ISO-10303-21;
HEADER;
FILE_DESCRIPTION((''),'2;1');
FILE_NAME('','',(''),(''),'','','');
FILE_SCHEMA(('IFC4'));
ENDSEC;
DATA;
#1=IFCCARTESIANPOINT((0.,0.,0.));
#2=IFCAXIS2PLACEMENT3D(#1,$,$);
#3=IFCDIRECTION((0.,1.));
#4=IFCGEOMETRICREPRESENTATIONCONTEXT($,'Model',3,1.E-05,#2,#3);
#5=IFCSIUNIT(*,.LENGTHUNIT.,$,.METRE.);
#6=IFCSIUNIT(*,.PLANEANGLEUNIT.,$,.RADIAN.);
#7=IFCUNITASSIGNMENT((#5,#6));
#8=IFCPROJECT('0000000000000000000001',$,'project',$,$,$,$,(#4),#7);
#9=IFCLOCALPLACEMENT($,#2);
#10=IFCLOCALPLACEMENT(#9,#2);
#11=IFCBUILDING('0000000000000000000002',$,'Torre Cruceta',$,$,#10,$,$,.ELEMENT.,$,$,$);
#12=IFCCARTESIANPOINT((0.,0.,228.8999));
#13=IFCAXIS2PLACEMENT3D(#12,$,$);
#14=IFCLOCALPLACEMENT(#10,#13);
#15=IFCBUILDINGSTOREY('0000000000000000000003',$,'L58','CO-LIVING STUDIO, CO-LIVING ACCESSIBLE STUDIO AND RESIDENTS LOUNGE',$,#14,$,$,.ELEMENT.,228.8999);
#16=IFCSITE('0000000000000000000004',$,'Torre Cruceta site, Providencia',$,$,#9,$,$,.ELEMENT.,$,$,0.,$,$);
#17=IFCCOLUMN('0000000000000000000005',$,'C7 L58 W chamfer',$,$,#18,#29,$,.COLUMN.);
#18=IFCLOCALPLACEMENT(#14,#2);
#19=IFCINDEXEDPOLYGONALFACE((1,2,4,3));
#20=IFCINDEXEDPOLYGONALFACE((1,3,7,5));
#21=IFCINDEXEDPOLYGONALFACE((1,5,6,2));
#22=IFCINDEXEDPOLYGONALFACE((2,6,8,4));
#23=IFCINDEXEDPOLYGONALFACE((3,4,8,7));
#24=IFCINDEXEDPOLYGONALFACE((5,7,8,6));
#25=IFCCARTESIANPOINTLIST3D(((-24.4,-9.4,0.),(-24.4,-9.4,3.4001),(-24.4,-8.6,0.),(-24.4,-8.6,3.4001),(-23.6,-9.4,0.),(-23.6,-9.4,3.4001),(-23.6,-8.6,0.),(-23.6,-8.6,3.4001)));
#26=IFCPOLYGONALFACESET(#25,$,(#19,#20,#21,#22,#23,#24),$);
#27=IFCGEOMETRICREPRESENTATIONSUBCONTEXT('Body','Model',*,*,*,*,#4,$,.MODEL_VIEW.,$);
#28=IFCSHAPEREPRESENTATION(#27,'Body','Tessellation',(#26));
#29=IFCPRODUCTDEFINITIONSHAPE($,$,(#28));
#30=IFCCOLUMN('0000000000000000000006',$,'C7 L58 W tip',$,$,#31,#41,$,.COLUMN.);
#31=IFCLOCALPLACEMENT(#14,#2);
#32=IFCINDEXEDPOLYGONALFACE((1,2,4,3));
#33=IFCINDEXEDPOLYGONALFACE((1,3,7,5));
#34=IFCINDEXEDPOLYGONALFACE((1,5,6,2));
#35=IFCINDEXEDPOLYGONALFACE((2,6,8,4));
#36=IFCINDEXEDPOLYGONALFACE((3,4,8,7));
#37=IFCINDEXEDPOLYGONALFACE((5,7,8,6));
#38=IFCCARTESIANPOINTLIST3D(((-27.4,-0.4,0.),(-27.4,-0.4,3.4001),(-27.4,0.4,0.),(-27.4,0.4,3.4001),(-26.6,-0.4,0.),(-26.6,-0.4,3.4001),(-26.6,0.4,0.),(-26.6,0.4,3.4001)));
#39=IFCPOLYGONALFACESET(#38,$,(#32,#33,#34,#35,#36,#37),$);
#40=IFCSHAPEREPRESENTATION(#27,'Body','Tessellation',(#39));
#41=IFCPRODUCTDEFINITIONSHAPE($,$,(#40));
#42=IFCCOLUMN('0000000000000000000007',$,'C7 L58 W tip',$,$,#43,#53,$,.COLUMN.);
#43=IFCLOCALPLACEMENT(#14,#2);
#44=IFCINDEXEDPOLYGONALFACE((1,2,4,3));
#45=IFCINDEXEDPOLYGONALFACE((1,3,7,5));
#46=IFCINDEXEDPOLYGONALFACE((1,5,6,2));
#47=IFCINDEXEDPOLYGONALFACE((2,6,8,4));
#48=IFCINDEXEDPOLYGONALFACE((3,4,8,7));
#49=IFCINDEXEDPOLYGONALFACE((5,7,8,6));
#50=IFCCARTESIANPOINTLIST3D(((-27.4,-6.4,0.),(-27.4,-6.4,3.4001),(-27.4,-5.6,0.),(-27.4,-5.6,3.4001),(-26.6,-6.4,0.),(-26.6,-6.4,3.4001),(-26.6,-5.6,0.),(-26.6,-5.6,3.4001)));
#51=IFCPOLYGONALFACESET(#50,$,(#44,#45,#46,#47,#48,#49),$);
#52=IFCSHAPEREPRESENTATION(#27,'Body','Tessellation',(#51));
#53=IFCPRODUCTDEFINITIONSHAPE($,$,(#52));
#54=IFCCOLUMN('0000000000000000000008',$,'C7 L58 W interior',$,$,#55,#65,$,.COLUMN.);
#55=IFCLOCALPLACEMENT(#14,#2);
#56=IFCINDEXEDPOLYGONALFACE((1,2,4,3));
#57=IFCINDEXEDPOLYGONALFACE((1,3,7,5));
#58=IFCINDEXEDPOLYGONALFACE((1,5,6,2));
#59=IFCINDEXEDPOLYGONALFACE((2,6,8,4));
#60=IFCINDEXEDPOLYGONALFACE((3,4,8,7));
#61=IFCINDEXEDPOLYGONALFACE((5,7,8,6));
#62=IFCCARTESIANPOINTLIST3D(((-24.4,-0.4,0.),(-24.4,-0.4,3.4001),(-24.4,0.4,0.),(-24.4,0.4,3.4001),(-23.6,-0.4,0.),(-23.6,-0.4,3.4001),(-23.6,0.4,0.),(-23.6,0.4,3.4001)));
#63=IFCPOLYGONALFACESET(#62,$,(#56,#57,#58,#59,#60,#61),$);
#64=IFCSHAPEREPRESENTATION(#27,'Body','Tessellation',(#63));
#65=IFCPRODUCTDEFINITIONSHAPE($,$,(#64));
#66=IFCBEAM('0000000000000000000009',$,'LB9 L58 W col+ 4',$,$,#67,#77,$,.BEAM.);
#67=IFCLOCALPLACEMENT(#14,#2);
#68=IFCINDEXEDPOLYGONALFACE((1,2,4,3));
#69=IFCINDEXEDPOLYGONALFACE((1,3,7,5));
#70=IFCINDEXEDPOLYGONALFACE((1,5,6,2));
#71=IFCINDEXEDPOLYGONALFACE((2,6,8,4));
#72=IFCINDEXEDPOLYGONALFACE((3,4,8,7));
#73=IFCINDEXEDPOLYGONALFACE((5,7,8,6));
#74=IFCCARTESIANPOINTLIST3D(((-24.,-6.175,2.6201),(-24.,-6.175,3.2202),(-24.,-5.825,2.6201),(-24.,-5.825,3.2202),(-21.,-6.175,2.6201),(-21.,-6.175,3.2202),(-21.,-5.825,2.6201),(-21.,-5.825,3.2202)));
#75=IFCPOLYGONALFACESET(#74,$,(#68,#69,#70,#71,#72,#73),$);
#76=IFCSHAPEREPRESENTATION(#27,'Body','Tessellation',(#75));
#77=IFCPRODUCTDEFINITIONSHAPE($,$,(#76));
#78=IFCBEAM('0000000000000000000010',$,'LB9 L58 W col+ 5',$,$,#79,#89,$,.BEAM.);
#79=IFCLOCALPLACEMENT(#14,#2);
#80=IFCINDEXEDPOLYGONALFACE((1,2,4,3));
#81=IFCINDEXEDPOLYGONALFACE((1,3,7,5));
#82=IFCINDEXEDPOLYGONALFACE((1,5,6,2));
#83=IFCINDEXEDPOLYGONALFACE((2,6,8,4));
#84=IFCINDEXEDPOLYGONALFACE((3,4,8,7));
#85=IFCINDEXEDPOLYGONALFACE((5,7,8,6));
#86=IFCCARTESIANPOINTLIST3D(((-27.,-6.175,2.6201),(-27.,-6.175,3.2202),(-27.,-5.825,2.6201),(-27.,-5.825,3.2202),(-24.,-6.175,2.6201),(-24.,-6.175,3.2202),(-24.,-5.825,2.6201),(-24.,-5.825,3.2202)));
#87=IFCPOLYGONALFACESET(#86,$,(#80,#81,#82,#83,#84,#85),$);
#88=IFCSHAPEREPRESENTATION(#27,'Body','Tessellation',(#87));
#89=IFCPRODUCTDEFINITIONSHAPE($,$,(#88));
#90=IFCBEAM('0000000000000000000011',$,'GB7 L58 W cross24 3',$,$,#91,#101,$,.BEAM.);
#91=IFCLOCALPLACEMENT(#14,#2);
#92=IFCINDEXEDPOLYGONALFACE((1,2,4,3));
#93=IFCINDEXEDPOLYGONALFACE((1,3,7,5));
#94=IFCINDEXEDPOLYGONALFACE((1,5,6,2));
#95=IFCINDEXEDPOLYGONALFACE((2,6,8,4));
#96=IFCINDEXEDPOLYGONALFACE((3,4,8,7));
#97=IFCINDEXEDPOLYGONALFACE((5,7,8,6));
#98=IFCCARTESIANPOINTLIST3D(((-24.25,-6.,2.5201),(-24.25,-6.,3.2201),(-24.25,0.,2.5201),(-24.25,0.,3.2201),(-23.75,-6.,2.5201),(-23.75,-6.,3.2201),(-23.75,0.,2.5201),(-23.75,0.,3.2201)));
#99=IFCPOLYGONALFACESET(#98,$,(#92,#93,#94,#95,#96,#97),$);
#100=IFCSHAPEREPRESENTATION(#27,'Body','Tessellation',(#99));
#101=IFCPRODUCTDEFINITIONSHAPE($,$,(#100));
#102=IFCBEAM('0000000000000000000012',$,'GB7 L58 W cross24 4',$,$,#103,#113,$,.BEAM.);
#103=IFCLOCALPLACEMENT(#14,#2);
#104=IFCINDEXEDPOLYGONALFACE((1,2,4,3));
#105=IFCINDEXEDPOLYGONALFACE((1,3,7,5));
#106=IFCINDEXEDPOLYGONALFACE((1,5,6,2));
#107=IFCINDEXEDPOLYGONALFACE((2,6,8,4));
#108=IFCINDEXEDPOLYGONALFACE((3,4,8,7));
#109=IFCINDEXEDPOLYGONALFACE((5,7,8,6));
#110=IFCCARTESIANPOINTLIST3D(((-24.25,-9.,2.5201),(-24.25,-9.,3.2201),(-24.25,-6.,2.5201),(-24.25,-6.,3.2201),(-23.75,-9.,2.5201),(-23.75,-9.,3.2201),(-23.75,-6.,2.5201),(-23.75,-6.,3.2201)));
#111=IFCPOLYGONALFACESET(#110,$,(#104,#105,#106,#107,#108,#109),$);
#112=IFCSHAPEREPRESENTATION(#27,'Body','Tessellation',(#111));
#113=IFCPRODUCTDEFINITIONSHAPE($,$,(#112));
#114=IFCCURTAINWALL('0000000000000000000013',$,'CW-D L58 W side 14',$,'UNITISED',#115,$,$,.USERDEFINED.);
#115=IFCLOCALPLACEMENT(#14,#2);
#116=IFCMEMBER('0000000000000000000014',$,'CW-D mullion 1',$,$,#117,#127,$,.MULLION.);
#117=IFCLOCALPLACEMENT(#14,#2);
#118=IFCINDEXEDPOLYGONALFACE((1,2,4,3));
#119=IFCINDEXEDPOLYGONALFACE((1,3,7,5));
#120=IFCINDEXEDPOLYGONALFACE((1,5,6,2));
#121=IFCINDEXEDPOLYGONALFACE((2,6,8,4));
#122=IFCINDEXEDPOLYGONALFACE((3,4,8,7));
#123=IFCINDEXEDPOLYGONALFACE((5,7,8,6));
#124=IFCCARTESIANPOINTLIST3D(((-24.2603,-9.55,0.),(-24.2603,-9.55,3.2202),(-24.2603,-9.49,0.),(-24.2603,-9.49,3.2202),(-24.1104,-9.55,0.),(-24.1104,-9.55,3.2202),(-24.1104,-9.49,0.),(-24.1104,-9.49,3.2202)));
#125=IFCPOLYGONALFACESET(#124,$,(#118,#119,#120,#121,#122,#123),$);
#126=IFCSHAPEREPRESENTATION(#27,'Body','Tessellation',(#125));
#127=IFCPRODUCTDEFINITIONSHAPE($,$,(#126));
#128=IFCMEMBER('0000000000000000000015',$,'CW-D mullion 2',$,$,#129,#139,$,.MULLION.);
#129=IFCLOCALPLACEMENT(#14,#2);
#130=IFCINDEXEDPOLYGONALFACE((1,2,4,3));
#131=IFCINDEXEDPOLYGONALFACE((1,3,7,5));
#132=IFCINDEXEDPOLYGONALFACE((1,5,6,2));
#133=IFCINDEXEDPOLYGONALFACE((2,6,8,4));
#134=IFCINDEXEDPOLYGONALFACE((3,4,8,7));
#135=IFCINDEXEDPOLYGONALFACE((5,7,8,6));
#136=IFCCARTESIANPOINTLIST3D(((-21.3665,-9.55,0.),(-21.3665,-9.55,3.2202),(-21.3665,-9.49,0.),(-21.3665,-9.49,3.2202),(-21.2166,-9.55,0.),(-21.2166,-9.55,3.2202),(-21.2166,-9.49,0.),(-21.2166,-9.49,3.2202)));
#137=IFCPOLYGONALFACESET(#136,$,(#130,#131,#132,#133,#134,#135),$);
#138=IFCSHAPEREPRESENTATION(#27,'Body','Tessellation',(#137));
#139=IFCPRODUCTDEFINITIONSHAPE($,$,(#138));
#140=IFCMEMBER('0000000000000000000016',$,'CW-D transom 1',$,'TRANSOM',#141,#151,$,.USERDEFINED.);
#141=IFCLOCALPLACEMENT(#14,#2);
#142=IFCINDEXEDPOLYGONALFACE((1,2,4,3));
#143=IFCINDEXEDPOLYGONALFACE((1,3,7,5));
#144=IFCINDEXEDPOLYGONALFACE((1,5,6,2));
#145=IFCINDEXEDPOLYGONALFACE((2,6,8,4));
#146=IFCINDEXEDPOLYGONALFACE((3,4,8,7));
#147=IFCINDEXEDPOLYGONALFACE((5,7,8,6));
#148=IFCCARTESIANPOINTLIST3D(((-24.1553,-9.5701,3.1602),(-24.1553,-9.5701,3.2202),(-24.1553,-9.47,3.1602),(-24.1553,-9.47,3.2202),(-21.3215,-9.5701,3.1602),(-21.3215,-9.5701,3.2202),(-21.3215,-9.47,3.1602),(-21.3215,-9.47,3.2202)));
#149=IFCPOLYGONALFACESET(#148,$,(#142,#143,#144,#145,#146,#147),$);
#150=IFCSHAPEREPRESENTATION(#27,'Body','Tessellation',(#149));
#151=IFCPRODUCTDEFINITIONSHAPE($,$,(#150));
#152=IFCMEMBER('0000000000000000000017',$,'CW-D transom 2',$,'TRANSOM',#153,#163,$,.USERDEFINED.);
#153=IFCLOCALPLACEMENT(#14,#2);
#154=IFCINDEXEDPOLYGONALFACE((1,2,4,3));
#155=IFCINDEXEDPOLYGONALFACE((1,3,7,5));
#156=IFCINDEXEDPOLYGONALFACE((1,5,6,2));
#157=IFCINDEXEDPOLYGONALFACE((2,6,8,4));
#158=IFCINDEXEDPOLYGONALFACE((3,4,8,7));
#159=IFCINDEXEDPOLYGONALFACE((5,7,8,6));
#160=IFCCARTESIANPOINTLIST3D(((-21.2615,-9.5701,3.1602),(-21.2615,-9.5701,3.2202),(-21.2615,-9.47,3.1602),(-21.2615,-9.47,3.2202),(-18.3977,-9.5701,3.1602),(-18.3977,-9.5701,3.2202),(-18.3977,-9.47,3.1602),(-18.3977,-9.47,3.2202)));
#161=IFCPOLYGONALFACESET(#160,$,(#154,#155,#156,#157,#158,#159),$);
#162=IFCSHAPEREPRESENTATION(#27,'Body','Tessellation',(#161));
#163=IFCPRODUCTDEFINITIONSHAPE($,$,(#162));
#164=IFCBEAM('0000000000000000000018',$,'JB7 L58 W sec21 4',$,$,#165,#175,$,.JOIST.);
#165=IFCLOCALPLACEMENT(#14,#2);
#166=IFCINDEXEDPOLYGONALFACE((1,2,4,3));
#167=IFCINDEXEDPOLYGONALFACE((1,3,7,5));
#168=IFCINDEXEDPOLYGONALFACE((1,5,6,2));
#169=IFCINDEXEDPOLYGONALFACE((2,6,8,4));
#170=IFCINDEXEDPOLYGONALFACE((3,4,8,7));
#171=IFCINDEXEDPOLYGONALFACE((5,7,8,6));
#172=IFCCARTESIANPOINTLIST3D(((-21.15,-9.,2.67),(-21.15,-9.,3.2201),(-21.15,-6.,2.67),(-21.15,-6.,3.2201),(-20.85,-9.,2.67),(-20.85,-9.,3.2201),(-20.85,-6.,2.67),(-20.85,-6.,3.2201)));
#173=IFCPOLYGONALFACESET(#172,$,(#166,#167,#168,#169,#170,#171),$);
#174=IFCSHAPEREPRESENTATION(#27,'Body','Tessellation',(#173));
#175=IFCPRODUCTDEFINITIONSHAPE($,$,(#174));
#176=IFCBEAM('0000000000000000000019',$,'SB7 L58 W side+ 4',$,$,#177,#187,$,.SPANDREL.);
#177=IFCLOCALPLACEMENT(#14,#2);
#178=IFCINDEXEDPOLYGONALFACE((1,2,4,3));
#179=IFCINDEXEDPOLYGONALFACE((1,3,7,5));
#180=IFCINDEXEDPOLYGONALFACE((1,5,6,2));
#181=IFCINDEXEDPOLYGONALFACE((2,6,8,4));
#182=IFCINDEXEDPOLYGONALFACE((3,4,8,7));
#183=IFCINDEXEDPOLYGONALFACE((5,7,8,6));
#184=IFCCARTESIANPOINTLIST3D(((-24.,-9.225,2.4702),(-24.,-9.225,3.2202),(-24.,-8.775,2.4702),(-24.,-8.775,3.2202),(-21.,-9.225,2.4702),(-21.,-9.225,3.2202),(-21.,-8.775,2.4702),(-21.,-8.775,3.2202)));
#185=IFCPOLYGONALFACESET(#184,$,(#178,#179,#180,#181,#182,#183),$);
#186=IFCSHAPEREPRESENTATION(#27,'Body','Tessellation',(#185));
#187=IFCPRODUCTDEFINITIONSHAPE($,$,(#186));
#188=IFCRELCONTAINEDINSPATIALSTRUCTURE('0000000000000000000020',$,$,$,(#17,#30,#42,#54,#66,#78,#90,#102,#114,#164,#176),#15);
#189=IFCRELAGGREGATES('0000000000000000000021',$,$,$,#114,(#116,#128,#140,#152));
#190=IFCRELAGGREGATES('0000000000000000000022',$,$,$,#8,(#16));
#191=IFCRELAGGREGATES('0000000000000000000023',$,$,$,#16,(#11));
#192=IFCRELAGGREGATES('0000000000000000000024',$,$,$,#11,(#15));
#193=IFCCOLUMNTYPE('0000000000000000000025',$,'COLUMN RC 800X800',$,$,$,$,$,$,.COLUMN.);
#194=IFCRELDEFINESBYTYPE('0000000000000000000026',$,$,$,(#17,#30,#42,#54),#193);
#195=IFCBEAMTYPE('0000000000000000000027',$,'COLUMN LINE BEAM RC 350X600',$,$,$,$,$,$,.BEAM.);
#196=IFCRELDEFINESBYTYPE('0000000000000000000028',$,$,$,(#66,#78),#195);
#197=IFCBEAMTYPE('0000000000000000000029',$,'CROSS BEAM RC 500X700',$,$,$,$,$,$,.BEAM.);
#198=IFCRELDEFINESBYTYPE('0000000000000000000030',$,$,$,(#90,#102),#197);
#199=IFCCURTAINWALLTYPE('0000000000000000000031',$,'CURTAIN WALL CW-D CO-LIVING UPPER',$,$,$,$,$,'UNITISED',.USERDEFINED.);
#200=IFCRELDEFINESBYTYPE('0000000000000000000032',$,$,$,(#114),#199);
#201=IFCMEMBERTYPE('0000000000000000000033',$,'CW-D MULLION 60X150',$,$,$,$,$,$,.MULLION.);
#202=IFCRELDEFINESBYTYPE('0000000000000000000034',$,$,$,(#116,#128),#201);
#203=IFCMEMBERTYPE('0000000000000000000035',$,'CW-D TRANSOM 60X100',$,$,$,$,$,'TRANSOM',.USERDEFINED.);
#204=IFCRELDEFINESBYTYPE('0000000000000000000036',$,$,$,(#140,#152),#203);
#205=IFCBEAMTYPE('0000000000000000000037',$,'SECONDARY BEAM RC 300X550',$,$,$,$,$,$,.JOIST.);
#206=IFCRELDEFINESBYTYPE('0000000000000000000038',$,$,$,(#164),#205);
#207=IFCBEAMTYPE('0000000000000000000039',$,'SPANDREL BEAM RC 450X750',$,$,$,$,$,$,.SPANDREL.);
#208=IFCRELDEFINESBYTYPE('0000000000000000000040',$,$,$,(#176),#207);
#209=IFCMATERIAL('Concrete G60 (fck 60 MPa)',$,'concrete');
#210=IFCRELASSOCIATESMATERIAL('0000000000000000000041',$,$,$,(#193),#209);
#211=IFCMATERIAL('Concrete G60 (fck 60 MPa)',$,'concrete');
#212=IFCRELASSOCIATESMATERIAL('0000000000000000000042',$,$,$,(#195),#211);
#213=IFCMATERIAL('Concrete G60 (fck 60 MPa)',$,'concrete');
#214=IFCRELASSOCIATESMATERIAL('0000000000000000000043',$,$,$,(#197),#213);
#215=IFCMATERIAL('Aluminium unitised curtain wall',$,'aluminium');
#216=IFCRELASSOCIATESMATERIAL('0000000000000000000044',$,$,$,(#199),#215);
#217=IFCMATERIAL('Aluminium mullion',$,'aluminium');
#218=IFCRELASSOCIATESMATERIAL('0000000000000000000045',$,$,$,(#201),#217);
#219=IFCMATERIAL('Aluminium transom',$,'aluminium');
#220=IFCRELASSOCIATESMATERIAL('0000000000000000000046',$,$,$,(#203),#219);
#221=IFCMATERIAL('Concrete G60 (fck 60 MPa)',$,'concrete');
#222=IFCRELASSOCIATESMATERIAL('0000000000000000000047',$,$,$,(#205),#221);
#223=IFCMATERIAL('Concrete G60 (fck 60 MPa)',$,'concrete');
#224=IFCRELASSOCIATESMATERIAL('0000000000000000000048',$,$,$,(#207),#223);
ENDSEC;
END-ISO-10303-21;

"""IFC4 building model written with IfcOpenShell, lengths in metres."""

from ifc_helpers import new_model, si_unit, direction, frame, origin, origin_2d, place, context, subcontext, project, spatial, rectangle, extrude, material, material_profile, profile_set, type_object, element, aggregate, save


model = new_model("IFC4")

# Units and contexts
model_context = context("Model", 3, precision=1e-05, world=origin(), true_north=direction((0.0, 1.0)))
body_context = subcontext(model_context, "Body", "Model", "MODEL_VIEW")
ifc_project = project(units=[si_unit("LENGTHUNIT", "METRE"), si_unit("PLANEANGLEUNIT", "RADIAN")], contexts=[model_context])

# Site, building, storey
site_placement = place(None, origin())
site = spatial("IfcSite", under=ifc_project, at=site_placement, Name="Torre Cruceta site, Providencia", CompositionType="ELEMENT", RefElevation=0.0)
building_placement = place(site_placement, origin())
building = spatial("IfcBuilding", under=site, at=building_placement, Name="Torre Cruceta", CompositionType="ELEMENT")
storey_placement = place(building_placement, frame((0.0, 0.0, 228.8999)))
storey = spatial("IfcBuildingStorey", under=building, at=storey_placement, Name="L58", Description="CO-LIVING STUDIO, CO-LIVING ACCESSIBLE STUDIO AND RESIDENTS LOUNGE", CompositionType="ELEMENT", Elevation=228.8999)

# Columns
ifc_material_1 = material(Name="Concrete G60 (fck 60 MPa)", Category="concrete")
ifc_material_profile_1 = material_profile(ifc_material_1, rectangle(XDim=0.8, YDim=0.8, at=origin_2d()), Name="RC 800X800")
ifc_profile_set_1 = profile_set([ifc_material_profile_1], Name="Concrete G60 (fck 60 MPa)")
column_type = type_object("IfcColumnType", Name="COLUMN RC 800X800", PredefinedType="COLUMN", material=ifc_profile_set_1)
for number, where, z_axis, x_axis, name in (
    (1, (-24.0, -9.0, 0.0), (0.0, 0.0, 1.0), (1.0, 0.0, 0.0), "C7 L58 W chamfer"),
    (2, (-27.0, 0.0, 0.0), (0.0, 0.0, 1.0), (1.0, 0.0, 0.0), "C7 L58 W tip"),
    (3, (-27.0, -6.0, 0.0), (0.0, 0.0, 1.0), (1.0, 0.0, 0.0), "C7 L58 W tip"),
    (4, (-24.0, 0.0, 0.0), (0.0, 0.0, 1.0), (1.0, 0.0, 0.0), "C7 L58 W interior"),
):
    element("IfcColumn", number, at=place(storey_placement, frame(where, z_axis=z_axis, x_axis=x_axis)), inside=storey, type_object=column_type, Name=name, PredefinedType="COLUMN", context=body_context, shape_type="SweptSolid", body=[
        extrude(rectangle(XDim=0.8, YDim=0.8, at=origin_2d()), origin(), (0.0, 0.0, 1.0), 3.4001),
    ])

# Beams
ifc_material_2 = material(Name="Concrete G60 (fck 60 MPa)", Category="concrete")
ifc_material_profile_2 = material_profile(ifc_material_2, rectangle(XDim=0.3501, YDim=0.6001, at=origin_2d()), Name="RC 350X600")
ifc_profile_set_2 = profile_set([ifc_material_profile_2], Name="Concrete G60 (fck 60 MPa)")
beam_type_1 = type_object("IfcBeamType", Name="COLUMN LINE BEAM RC 350X600", PredefinedType="BEAM", material=ifc_profile_set_2)
for number, where, z_axis, x_axis, name in (
    (5, (-21.0, -6.0, 2.9202), (-1.0, 0.0, 0.0), (0.0, -1.0, 0.0), "LB9 L58 W col+ 4"),
    (6, (-24.0, -6.0, 2.9202), (-1.0, 0.0, 0.0), (0.0, -1.0, 0.0), "LB9 L58 W col+ 5"),
):
    element("IfcBeam", number, at=place(storey_placement, frame(where, z_axis=z_axis, x_axis=x_axis)), inside=storey, type_object=beam_type_1, Name=name, PredefinedType="BEAM", context=body_context, shape_type="SweptSolid", body=[
        extrude(rectangle(XDim=0.3501, YDim=0.6001, at=origin_2d()), origin(), (0.0, 0.0, 1.0), 3.0),
    ])
ifc_material_3 = material(Name="Concrete G60 (fck 60 MPa)", Category="concrete")
ifc_material_profile_3 = material_profile(ifc_material_3, rectangle(XDim=0.5, YDim=0.7, at=origin_2d()), Name="RC 500X700")
ifc_profile_set_3 = profile_set([ifc_material_profile_3], Name="Concrete G60 (fck 60 MPa)")
beam_type_2 = type_object("IfcBeamType", Name="CROSS BEAM RC 500X700", PredefinedType="BEAM", material=ifc_profile_set_3)
beam_1_placement = place(storey_placement, frame((-24.0, 0.0, 2.8701), z_axis=(0.0, -1.0, 0.0), x_axis=(1.0, 0.0, 0.0)))
element("IfcBeam", 7, at=beam_1_placement, inside=storey, type_object=beam_type_2, Name="GB7 L58 W cross24 3", PredefinedType="BEAM", context=body_context, shape_type="SweptSolid", body=[
    extrude(rectangle(XDim=0.5, YDim=0.7, at=origin_2d()), origin(), (0.0, 0.0, 1.0), 6.0),
])
beam_2_placement = place(storey_placement, frame((-24.0, -6.0, 2.8701), z_axis=(0.0, -1.0, 0.0), x_axis=(1.0, 0.0, 0.0)))
element("IfcBeam", 8, at=beam_2_placement, inside=storey, type_object=beam_type_2, Name="GB7 L58 W cross24 4", PredefinedType="BEAM", context=body_context, shape_type="SweptSolid", body=[
    extrude(rectangle(XDim=0.5, YDim=0.7, at=origin_2d()), origin(), (0.0, 0.0, 1.0), 3.0),
])

# Curtain wall, members
ifc_material_4 = material(Name="Aluminium unitised curtain wall", Category="aluminium")
curtain_wall_type = type_object("IfcCurtainWallType", Name="CURTAIN WALL CW-D CO-LIVING UPPER", ElementType="UNITISED", PredefinedType="USERDEFINED", material=ifc_material_4)
curtain_wall_placement = place(storey_placement, origin())
curtain_wall = element("IfcCurtainWall", 9, at=curtain_wall_placement, inside=storey, type_object=curtain_wall_type, Name="CW-D L58 W side 14", ObjectType="UNITISED", PredefinedType="USERDEFINED")
ifc_material_5 = material(Name="Aluminium mullion", Category="aluminium")
ifc_material_profile_4 = material_profile(ifc_material_5, rectangle(XDim=0.0601, YDim=0.1499, at=origin_2d()), Name="AL 60X150")
ifc_profile_set_4 = profile_set([ifc_material_profile_4], Name="Aluminium mullion")
member_type_1 = type_object("IfcMemberType", Name="CW-D MULLION 60X150", PredefinedType="MULLION", material=ifc_profile_set_4)
member_1_placement = place(storey_placement, frame((-24.1853, -9.52, 0.0), z_axis=(0.0, 0.0, 1.0), x_axis=(0.0, 1.0, 0.0)))
member_1 = element("IfcMember", 10, at=member_1_placement, type_object=member_type_1, Name="CW-D mullion 1", PredefinedType="MULLION", context=body_context, shape_type="SweptSolid", body=[
    extrude(rectangle(XDim=0.0601, YDim=0.1499, at=origin_2d()), origin(), (0.0, 0.0, 1.0), 3.2202),
])
member_2_placement = place(storey_placement, frame((-21.2915, -9.52, 0.0), z_axis=(0.0, 0.0, 1.0), x_axis=(0.0, 1.0, 0.0)))
member_2 = element("IfcMember", 11, at=member_2_placement, type_object=member_type_1, Name="CW-D mullion 2", PredefinedType="MULLION", context=body_context, shape_type="SweptSolid", body=[
    extrude(rectangle(XDim=0.0601, YDim=0.1499, at=origin_2d()), origin(), (0.0, 0.0, 1.0), 3.2202),
])
ifc_material_6 = material(Name="Aluminium transom", Category="aluminium")
ifc_material_profile_5 = material_profile(ifc_material_6, rectangle(XDim=0.1001, YDim=0.0601, at=origin_2d()), Name="AL 100X60")
ifc_profile_set_5 = profile_set([ifc_material_profile_5], Name="Aluminium transom")
member_type_2 = type_object("IfcMemberType", Name="CW-D TRANSOM 60X100", ElementType="TRANSOM", PredefinedType="USERDEFINED", material=ifc_profile_set_5)
member_3_placement = place(storey_placement, frame((-24.1553, -9.52, 3.1902), z_axis=(1.0, 0.0, 0.0), x_axis=(0.0, 1.0, 0.0)))
member_3 = element("IfcMember", 12, at=member_3_placement, type_object=member_type_2, Name="CW-D transom 1", ObjectType="TRANSOM", PredefinedType="USERDEFINED", context=body_context, shape_type="SweptSolid", body=[
    extrude(rectangle(XDim=0.1001, YDim=0.0601, at=origin_2d()), origin(), (0.0, 0.0, 1.0), 2.8337),
])
member_4_placement = place(storey_placement, frame((-21.2615, -9.52, 3.1902), z_axis=(1.0, 0.0, 0.0), x_axis=(0.0, 1.0, 0.0)))
member_4 = element("IfcMember", 13, at=member_4_placement, type_object=member_type_2, Name="CW-D transom 2", ObjectType="TRANSOM", PredefinedType="USERDEFINED", context=body_context, shape_type="SweptSolid", body=[
    extrude(rectangle(XDim=0.1001, YDim=0.0601, at=origin_2d()), origin(), (0.0, 0.0, 1.0), 2.8638),
])

# Beams
ifc_material_7 = material(Name="Concrete G60 (fck 60 MPa)", Category="concrete")
ifc_material_profile_6 = material_profile(ifc_material_7, rectangle(XDim=0.3, YDim=0.55, at=origin_2d()), Name="RC 300X550")
ifc_profile_set_6 = profile_set([ifc_material_profile_6], Name="Concrete G60 (fck 60 MPa)")
beam_type_3 = type_object("IfcBeamType", Name="SECONDARY BEAM RC 300X550", PredefinedType="JOIST", material=ifc_profile_set_6)
beam_3_placement = place(storey_placement, frame((-21.0, -6.0, 2.9451), z_axis=(0.0, -1.0, 0.0), x_axis=(1.0, 0.0, 0.0)))
element("IfcBeam", 14, at=beam_3_placement, inside=storey, type_object=beam_type_3, Name="JB7 L58 W sec21 4", PredefinedType="JOIST", context=body_context, shape_type="SweptSolid", body=[
    extrude(rectangle(XDim=0.3, YDim=0.55, at=origin_2d()), origin(), (0.0, 0.0, 1.0), 3.0),
])
ifc_material_8 = material(Name="Concrete G60 (fck 60 MPa)", Category="concrete")
ifc_material_profile_7 = material_profile(ifc_material_8, rectangle(XDim=0.45, YDim=0.75, at=origin_2d()), Name="RC 450X750")
ifc_profile_set_7 = profile_set([ifc_material_profile_7], Name="Concrete G60 (fck 60 MPa)")
beam_type_4 = type_object("IfcBeamType", Name="SPANDREL BEAM RC 450X750", PredefinedType="SPANDREL", material=ifc_profile_set_7)
beam_4_placement = place(storey_placement, frame((-21.0, -9.0, 2.8452), z_axis=(-1.0, 0.0, 0.0), x_axis=(0.0, -1.0, 0.0)))
element("IfcBeam", 15, at=beam_4_placement, inside=storey, type_object=beam_type_4, Name="SB7 L58 W side+ 4", PredefinedType="SPANDREL", context=body_context, shape_type="SweptSolid", body=[
    extrude(rectangle(XDim=0.45, YDim=0.75, at=origin_2d()), origin(), (0.0, 0.0, 1.0), 3.0),
])

aggregate(curtain_wall, [member_1, member_2, member_3, member_4])

save(model, "model.ifc")
